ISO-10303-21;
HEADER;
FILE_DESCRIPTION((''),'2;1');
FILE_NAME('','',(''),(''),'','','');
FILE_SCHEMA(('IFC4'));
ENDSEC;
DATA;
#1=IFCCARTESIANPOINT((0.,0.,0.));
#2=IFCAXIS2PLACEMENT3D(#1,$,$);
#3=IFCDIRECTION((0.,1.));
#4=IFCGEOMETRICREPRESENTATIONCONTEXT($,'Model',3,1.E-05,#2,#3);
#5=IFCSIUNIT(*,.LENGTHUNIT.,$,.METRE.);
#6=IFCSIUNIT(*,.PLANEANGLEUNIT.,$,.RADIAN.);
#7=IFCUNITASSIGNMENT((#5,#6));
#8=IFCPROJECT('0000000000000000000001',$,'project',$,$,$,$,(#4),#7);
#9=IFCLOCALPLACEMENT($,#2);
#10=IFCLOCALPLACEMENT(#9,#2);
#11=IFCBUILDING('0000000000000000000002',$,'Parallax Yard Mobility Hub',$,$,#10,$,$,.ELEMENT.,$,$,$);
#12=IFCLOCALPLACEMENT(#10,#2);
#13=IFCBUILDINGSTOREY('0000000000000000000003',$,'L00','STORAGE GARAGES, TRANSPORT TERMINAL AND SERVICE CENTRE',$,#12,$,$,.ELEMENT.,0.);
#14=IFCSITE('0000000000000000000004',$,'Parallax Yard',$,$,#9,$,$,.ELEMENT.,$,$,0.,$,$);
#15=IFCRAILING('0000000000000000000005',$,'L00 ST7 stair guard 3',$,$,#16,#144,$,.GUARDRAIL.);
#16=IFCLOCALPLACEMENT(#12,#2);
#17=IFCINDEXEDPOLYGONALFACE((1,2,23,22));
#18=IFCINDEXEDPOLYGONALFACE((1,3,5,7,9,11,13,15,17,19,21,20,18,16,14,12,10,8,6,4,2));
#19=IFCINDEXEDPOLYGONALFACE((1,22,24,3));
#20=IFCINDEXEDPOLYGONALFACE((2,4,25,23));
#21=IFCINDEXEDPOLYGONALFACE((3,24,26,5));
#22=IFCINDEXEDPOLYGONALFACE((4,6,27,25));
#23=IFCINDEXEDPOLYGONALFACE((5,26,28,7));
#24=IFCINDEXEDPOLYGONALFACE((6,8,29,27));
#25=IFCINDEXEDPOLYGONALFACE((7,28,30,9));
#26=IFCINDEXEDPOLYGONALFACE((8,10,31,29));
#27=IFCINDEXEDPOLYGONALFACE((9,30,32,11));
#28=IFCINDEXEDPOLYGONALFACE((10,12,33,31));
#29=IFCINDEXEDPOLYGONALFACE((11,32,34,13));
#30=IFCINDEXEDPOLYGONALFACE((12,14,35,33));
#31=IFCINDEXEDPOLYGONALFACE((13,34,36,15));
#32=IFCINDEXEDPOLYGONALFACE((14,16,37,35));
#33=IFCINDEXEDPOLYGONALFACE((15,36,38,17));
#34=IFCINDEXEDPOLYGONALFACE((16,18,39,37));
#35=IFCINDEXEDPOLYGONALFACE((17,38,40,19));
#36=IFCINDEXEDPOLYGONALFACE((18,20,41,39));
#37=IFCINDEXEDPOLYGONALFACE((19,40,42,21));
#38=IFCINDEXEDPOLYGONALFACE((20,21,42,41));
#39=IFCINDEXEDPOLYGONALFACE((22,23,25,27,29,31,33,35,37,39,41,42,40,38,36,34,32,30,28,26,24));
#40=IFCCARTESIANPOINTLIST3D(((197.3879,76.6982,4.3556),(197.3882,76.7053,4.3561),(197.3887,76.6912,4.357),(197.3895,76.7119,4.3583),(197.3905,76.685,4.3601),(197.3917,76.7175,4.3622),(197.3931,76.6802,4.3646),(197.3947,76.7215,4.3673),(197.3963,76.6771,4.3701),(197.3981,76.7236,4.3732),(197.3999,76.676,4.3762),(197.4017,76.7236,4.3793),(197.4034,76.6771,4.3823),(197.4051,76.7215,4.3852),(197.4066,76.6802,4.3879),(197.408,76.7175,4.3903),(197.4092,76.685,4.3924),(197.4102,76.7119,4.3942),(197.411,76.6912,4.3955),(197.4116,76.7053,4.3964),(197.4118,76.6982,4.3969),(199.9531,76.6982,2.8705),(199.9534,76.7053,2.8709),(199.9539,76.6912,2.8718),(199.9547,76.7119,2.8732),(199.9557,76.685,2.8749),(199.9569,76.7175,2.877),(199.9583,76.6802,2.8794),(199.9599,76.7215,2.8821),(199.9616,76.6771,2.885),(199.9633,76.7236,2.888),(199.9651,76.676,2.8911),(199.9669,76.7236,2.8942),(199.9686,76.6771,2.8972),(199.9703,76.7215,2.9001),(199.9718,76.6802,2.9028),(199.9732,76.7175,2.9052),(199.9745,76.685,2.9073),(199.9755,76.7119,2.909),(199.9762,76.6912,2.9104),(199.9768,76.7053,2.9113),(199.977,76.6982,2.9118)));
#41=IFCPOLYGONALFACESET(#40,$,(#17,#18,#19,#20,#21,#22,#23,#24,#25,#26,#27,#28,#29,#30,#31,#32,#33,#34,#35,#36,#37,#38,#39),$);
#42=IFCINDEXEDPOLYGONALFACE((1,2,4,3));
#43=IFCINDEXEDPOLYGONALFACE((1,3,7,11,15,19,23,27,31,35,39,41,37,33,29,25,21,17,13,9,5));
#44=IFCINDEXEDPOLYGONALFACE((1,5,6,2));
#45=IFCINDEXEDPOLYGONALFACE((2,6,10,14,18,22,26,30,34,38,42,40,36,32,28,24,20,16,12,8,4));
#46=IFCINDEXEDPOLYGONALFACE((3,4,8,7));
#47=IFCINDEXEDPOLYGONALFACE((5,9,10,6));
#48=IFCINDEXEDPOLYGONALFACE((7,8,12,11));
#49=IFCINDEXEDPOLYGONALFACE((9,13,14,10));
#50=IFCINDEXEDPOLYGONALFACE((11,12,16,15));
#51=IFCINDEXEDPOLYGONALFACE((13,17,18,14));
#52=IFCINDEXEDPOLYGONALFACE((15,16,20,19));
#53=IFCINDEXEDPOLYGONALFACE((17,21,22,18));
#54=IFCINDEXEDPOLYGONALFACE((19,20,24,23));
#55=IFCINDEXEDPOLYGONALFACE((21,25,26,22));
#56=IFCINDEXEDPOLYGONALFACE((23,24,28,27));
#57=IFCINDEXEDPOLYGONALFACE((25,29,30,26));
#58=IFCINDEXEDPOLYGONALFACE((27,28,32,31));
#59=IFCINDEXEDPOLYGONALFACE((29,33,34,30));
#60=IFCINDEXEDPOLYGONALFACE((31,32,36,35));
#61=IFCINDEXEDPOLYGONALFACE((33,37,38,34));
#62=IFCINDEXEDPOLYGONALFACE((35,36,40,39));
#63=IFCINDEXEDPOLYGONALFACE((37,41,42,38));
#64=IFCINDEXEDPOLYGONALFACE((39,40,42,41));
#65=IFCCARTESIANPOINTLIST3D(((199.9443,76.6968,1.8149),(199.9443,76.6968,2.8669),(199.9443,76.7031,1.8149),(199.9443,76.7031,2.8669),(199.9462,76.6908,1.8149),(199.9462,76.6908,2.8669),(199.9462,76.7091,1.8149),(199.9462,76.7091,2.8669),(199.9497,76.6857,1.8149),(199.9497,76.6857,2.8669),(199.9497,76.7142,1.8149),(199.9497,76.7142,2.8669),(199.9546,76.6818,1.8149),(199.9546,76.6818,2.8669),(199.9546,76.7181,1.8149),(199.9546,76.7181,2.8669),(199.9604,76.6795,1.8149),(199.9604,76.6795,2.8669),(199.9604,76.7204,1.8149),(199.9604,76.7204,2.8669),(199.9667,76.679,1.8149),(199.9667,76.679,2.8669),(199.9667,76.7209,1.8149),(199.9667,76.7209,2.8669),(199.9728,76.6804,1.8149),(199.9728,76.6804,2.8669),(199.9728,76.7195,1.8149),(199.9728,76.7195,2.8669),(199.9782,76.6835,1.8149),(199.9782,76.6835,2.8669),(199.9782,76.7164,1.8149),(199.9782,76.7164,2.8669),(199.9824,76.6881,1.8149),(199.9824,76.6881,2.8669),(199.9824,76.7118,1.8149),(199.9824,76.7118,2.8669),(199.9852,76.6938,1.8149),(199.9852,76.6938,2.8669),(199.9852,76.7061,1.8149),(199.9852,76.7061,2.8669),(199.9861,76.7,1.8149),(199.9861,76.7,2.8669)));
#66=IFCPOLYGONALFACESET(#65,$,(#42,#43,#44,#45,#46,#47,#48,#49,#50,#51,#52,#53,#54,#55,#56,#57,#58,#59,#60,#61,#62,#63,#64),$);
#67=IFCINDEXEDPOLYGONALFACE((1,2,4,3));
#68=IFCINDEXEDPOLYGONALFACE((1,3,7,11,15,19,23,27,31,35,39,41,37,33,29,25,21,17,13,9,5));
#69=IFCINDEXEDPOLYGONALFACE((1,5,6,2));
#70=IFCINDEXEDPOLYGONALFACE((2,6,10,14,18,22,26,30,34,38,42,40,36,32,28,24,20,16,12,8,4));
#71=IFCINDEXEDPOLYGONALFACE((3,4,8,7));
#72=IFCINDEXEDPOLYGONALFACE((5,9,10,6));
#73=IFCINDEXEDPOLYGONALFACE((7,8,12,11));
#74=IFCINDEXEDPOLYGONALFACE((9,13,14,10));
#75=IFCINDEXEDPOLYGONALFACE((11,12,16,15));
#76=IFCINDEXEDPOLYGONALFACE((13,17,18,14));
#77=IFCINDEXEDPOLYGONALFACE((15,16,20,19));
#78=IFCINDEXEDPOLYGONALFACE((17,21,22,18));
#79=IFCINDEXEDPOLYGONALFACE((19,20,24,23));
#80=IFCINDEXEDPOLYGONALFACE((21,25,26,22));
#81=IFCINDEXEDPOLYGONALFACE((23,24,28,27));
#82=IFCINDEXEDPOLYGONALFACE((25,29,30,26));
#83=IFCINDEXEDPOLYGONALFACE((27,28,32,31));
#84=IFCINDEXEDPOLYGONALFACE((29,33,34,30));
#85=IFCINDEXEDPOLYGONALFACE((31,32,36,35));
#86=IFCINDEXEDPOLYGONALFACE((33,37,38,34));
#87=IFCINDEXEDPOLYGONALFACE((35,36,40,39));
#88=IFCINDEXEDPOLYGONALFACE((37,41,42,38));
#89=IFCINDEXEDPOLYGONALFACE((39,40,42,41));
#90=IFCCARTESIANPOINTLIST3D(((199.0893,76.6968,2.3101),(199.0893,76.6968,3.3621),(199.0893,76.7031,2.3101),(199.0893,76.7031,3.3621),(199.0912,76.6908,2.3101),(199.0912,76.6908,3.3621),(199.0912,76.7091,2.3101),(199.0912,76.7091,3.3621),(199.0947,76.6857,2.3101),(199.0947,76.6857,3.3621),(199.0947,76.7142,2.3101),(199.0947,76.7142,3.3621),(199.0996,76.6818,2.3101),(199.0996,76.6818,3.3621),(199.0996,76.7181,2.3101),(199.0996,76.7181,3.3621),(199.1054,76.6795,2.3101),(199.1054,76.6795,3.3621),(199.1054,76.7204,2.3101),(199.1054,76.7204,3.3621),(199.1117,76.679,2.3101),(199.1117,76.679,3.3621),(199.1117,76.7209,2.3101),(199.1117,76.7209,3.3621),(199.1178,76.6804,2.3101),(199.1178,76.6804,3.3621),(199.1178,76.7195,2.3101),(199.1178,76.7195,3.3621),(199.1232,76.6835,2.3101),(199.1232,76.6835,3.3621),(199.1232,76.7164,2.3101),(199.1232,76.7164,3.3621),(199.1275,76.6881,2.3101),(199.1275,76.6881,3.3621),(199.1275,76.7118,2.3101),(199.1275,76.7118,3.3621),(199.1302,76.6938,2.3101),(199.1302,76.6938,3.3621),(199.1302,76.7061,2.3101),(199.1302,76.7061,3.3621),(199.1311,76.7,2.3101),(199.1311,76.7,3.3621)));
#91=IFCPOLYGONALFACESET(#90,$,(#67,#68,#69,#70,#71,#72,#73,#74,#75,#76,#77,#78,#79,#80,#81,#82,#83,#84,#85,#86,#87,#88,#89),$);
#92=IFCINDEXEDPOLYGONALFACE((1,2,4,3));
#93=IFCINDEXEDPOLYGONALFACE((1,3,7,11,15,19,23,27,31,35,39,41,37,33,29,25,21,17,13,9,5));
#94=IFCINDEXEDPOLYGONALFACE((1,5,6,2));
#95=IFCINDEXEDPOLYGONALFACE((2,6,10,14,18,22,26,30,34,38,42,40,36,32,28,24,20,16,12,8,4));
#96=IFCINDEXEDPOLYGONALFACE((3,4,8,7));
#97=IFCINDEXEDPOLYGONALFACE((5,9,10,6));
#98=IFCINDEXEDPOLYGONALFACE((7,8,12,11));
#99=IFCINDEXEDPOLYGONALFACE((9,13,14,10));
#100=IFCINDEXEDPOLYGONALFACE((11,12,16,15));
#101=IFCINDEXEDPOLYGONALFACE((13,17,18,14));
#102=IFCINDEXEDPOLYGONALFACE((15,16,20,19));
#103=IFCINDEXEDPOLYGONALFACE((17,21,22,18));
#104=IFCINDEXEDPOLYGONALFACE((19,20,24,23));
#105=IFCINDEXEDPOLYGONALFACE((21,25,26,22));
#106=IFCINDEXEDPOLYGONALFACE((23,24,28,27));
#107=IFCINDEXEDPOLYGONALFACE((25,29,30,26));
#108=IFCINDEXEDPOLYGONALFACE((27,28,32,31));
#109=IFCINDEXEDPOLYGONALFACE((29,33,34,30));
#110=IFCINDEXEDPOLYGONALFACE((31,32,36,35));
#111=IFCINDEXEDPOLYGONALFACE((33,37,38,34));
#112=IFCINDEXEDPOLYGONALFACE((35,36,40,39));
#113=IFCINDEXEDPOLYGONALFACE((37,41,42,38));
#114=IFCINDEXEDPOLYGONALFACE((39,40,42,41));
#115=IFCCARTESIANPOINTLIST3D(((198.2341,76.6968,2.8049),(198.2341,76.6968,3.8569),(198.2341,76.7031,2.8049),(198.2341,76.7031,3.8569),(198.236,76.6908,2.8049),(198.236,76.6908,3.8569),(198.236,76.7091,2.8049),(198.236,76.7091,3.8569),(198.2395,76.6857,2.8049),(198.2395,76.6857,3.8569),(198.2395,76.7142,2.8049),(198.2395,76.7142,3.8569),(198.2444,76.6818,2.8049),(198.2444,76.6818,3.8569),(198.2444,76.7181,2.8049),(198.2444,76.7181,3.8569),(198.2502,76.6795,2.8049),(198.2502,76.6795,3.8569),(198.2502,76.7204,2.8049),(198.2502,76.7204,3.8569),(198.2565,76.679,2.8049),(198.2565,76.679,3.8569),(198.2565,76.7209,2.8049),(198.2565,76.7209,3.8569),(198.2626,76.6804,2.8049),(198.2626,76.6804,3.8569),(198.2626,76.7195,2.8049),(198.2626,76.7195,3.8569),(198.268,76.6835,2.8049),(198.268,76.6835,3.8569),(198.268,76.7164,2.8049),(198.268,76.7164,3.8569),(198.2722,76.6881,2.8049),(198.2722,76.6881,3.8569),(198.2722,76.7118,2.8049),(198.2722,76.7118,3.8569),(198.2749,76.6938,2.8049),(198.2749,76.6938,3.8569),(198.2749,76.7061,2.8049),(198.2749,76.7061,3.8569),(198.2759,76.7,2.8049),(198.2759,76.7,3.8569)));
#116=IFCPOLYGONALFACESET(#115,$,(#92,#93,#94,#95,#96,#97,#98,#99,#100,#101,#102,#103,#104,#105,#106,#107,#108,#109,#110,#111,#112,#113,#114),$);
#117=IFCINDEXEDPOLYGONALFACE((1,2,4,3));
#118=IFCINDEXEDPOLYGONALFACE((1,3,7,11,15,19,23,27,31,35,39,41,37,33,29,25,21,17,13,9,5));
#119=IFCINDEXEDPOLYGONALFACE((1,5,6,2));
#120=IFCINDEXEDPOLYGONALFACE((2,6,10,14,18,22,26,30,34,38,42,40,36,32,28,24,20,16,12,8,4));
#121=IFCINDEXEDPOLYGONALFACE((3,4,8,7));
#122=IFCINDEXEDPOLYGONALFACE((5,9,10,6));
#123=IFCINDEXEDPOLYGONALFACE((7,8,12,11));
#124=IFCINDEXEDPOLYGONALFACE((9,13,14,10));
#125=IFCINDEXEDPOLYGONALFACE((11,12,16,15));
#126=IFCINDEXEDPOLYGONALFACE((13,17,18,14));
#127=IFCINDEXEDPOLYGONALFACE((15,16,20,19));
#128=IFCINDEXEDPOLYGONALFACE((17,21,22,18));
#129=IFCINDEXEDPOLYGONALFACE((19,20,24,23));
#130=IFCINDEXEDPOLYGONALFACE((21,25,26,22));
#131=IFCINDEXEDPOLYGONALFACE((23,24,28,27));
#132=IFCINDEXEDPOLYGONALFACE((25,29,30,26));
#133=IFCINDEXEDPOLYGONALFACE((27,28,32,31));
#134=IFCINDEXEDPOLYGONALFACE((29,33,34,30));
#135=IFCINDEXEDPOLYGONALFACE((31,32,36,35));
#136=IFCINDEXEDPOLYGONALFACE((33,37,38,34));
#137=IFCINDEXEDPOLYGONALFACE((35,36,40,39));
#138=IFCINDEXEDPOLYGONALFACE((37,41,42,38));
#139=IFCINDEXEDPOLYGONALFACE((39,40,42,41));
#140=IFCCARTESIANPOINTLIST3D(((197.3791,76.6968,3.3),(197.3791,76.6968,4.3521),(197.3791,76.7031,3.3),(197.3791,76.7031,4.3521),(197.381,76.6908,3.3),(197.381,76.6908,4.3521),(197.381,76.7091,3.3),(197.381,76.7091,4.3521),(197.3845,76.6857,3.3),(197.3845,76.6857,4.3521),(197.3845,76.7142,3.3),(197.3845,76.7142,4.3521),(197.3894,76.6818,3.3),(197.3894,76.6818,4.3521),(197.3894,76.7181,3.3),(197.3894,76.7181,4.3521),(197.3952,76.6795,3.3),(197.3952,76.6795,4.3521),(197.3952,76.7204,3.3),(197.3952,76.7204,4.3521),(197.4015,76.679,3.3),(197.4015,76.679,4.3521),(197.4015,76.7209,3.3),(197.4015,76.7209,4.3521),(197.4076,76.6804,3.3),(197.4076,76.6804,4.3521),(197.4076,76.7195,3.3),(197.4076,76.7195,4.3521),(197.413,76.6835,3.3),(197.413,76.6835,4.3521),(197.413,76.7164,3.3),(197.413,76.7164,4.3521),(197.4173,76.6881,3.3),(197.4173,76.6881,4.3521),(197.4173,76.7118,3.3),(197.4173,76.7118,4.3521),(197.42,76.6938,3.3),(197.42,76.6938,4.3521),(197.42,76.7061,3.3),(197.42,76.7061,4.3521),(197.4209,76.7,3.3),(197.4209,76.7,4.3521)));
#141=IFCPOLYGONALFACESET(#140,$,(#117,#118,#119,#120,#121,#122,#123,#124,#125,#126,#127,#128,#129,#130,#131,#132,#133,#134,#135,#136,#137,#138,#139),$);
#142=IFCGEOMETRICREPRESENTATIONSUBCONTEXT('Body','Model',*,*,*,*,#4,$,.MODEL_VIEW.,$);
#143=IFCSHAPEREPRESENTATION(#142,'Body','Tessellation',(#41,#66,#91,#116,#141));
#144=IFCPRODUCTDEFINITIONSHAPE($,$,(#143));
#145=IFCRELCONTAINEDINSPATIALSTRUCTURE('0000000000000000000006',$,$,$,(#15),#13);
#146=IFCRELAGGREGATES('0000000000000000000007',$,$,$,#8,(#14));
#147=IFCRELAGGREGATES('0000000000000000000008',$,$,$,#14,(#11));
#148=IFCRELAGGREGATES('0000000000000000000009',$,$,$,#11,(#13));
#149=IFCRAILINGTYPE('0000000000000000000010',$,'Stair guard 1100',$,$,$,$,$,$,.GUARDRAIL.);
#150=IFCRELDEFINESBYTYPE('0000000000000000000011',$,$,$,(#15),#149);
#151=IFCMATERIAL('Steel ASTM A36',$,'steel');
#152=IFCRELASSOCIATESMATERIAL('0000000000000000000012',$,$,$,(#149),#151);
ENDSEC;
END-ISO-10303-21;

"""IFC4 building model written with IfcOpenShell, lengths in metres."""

from ifc_helpers import new_model, si_unit, direction, frame, origin, origin_2d, place, context, subcontext, project, spatial, circle, extrude, material, type_object, element, save


model = new_model("IFC4")

# Units and contexts
model_context = context("Model", 3, precision=1e-05, world=origin(), true_north=direction((0.0, 1.0)))
body_context = subcontext(model_context, "Body", "Model", "MODEL_VIEW")
ifc_project = project(units=[si_unit("LENGTHUNIT", "METRE"), si_unit("PLANEANGLEUNIT", "RADIAN")], contexts=[model_context])

# Site, building, storey
site_placement = place(None, origin())
site = spatial("IfcSite", under=ifc_project, at=site_placement, Name="Parallax Yard", CompositionType="ELEMENT", RefElevation=0.0)
building_placement = place(site_placement, origin())
building = spatial("IfcBuilding", under=site, at=building_placement, Name="Parallax Yard Mobility Hub", CompositionType="ELEMENT")
storey_placement = place(building_placement, origin())
storey = spatial("IfcBuildingStorey", under=building, at=storey_placement, Name="L00", Description="STORAGE GARAGES, TRANSPORT TERMINAL AND SERVICE CENTRE", CompositionType="ELEMENT", Elevation=0.0)

# Railing
ifc_material_1 = material(Name="Steel ASTM A36", Category="steel")
railing_type_1 = type_object("IfcRailingType", Name="Stair guard 1100", PredefinedType="GUARDRAIL", material=ifc_material_1)
railing_1_placement = place(storey_placement, frame((199.9651, 76.7, 1.8149)))
element("IfcRailing", 1, at=railing_1_placement, inside=storey, type_object=railing_type_1, Name="L00 ST7 stair guard 3", PredefinedType="GUARDRAIL", context=body_context, shape_type="SweptSolid", body=[
    extrude(circle(Radius=0.0239, at=origin_2d()), frame((0.0, 0.0, 1.0762), z_axis=(-0.865426, 0.0, 0.501036), x_axis=(0.0, -1.0, 0.0)), (0.0, 0.0, 1.0), 2.9641),
    extrude(circle(Radius=0.021, at=origin_2d()), origin(), (0.0, 0.0, 1.0), 1.052),
    extrude(circle(Radius=0.021, at=origin_2d()), frame((-0.855, 0.0, 0.4951)), (0.0, 0.0, 1.0), 1.052),
    extrude(circle(Radius=0.021, at=origin_2d()), frame((-1.7102, 0.0, 0.99)), (0.0, 0.0, 1.0), 1.052),
    extrude(circle(Radius=0.021, at=origin_2d()), frame((-2.5652, 0.0, 1.4851)), (0.0, 0.0, 1.0), 1.052),
])

save(model, "model.ifc")
